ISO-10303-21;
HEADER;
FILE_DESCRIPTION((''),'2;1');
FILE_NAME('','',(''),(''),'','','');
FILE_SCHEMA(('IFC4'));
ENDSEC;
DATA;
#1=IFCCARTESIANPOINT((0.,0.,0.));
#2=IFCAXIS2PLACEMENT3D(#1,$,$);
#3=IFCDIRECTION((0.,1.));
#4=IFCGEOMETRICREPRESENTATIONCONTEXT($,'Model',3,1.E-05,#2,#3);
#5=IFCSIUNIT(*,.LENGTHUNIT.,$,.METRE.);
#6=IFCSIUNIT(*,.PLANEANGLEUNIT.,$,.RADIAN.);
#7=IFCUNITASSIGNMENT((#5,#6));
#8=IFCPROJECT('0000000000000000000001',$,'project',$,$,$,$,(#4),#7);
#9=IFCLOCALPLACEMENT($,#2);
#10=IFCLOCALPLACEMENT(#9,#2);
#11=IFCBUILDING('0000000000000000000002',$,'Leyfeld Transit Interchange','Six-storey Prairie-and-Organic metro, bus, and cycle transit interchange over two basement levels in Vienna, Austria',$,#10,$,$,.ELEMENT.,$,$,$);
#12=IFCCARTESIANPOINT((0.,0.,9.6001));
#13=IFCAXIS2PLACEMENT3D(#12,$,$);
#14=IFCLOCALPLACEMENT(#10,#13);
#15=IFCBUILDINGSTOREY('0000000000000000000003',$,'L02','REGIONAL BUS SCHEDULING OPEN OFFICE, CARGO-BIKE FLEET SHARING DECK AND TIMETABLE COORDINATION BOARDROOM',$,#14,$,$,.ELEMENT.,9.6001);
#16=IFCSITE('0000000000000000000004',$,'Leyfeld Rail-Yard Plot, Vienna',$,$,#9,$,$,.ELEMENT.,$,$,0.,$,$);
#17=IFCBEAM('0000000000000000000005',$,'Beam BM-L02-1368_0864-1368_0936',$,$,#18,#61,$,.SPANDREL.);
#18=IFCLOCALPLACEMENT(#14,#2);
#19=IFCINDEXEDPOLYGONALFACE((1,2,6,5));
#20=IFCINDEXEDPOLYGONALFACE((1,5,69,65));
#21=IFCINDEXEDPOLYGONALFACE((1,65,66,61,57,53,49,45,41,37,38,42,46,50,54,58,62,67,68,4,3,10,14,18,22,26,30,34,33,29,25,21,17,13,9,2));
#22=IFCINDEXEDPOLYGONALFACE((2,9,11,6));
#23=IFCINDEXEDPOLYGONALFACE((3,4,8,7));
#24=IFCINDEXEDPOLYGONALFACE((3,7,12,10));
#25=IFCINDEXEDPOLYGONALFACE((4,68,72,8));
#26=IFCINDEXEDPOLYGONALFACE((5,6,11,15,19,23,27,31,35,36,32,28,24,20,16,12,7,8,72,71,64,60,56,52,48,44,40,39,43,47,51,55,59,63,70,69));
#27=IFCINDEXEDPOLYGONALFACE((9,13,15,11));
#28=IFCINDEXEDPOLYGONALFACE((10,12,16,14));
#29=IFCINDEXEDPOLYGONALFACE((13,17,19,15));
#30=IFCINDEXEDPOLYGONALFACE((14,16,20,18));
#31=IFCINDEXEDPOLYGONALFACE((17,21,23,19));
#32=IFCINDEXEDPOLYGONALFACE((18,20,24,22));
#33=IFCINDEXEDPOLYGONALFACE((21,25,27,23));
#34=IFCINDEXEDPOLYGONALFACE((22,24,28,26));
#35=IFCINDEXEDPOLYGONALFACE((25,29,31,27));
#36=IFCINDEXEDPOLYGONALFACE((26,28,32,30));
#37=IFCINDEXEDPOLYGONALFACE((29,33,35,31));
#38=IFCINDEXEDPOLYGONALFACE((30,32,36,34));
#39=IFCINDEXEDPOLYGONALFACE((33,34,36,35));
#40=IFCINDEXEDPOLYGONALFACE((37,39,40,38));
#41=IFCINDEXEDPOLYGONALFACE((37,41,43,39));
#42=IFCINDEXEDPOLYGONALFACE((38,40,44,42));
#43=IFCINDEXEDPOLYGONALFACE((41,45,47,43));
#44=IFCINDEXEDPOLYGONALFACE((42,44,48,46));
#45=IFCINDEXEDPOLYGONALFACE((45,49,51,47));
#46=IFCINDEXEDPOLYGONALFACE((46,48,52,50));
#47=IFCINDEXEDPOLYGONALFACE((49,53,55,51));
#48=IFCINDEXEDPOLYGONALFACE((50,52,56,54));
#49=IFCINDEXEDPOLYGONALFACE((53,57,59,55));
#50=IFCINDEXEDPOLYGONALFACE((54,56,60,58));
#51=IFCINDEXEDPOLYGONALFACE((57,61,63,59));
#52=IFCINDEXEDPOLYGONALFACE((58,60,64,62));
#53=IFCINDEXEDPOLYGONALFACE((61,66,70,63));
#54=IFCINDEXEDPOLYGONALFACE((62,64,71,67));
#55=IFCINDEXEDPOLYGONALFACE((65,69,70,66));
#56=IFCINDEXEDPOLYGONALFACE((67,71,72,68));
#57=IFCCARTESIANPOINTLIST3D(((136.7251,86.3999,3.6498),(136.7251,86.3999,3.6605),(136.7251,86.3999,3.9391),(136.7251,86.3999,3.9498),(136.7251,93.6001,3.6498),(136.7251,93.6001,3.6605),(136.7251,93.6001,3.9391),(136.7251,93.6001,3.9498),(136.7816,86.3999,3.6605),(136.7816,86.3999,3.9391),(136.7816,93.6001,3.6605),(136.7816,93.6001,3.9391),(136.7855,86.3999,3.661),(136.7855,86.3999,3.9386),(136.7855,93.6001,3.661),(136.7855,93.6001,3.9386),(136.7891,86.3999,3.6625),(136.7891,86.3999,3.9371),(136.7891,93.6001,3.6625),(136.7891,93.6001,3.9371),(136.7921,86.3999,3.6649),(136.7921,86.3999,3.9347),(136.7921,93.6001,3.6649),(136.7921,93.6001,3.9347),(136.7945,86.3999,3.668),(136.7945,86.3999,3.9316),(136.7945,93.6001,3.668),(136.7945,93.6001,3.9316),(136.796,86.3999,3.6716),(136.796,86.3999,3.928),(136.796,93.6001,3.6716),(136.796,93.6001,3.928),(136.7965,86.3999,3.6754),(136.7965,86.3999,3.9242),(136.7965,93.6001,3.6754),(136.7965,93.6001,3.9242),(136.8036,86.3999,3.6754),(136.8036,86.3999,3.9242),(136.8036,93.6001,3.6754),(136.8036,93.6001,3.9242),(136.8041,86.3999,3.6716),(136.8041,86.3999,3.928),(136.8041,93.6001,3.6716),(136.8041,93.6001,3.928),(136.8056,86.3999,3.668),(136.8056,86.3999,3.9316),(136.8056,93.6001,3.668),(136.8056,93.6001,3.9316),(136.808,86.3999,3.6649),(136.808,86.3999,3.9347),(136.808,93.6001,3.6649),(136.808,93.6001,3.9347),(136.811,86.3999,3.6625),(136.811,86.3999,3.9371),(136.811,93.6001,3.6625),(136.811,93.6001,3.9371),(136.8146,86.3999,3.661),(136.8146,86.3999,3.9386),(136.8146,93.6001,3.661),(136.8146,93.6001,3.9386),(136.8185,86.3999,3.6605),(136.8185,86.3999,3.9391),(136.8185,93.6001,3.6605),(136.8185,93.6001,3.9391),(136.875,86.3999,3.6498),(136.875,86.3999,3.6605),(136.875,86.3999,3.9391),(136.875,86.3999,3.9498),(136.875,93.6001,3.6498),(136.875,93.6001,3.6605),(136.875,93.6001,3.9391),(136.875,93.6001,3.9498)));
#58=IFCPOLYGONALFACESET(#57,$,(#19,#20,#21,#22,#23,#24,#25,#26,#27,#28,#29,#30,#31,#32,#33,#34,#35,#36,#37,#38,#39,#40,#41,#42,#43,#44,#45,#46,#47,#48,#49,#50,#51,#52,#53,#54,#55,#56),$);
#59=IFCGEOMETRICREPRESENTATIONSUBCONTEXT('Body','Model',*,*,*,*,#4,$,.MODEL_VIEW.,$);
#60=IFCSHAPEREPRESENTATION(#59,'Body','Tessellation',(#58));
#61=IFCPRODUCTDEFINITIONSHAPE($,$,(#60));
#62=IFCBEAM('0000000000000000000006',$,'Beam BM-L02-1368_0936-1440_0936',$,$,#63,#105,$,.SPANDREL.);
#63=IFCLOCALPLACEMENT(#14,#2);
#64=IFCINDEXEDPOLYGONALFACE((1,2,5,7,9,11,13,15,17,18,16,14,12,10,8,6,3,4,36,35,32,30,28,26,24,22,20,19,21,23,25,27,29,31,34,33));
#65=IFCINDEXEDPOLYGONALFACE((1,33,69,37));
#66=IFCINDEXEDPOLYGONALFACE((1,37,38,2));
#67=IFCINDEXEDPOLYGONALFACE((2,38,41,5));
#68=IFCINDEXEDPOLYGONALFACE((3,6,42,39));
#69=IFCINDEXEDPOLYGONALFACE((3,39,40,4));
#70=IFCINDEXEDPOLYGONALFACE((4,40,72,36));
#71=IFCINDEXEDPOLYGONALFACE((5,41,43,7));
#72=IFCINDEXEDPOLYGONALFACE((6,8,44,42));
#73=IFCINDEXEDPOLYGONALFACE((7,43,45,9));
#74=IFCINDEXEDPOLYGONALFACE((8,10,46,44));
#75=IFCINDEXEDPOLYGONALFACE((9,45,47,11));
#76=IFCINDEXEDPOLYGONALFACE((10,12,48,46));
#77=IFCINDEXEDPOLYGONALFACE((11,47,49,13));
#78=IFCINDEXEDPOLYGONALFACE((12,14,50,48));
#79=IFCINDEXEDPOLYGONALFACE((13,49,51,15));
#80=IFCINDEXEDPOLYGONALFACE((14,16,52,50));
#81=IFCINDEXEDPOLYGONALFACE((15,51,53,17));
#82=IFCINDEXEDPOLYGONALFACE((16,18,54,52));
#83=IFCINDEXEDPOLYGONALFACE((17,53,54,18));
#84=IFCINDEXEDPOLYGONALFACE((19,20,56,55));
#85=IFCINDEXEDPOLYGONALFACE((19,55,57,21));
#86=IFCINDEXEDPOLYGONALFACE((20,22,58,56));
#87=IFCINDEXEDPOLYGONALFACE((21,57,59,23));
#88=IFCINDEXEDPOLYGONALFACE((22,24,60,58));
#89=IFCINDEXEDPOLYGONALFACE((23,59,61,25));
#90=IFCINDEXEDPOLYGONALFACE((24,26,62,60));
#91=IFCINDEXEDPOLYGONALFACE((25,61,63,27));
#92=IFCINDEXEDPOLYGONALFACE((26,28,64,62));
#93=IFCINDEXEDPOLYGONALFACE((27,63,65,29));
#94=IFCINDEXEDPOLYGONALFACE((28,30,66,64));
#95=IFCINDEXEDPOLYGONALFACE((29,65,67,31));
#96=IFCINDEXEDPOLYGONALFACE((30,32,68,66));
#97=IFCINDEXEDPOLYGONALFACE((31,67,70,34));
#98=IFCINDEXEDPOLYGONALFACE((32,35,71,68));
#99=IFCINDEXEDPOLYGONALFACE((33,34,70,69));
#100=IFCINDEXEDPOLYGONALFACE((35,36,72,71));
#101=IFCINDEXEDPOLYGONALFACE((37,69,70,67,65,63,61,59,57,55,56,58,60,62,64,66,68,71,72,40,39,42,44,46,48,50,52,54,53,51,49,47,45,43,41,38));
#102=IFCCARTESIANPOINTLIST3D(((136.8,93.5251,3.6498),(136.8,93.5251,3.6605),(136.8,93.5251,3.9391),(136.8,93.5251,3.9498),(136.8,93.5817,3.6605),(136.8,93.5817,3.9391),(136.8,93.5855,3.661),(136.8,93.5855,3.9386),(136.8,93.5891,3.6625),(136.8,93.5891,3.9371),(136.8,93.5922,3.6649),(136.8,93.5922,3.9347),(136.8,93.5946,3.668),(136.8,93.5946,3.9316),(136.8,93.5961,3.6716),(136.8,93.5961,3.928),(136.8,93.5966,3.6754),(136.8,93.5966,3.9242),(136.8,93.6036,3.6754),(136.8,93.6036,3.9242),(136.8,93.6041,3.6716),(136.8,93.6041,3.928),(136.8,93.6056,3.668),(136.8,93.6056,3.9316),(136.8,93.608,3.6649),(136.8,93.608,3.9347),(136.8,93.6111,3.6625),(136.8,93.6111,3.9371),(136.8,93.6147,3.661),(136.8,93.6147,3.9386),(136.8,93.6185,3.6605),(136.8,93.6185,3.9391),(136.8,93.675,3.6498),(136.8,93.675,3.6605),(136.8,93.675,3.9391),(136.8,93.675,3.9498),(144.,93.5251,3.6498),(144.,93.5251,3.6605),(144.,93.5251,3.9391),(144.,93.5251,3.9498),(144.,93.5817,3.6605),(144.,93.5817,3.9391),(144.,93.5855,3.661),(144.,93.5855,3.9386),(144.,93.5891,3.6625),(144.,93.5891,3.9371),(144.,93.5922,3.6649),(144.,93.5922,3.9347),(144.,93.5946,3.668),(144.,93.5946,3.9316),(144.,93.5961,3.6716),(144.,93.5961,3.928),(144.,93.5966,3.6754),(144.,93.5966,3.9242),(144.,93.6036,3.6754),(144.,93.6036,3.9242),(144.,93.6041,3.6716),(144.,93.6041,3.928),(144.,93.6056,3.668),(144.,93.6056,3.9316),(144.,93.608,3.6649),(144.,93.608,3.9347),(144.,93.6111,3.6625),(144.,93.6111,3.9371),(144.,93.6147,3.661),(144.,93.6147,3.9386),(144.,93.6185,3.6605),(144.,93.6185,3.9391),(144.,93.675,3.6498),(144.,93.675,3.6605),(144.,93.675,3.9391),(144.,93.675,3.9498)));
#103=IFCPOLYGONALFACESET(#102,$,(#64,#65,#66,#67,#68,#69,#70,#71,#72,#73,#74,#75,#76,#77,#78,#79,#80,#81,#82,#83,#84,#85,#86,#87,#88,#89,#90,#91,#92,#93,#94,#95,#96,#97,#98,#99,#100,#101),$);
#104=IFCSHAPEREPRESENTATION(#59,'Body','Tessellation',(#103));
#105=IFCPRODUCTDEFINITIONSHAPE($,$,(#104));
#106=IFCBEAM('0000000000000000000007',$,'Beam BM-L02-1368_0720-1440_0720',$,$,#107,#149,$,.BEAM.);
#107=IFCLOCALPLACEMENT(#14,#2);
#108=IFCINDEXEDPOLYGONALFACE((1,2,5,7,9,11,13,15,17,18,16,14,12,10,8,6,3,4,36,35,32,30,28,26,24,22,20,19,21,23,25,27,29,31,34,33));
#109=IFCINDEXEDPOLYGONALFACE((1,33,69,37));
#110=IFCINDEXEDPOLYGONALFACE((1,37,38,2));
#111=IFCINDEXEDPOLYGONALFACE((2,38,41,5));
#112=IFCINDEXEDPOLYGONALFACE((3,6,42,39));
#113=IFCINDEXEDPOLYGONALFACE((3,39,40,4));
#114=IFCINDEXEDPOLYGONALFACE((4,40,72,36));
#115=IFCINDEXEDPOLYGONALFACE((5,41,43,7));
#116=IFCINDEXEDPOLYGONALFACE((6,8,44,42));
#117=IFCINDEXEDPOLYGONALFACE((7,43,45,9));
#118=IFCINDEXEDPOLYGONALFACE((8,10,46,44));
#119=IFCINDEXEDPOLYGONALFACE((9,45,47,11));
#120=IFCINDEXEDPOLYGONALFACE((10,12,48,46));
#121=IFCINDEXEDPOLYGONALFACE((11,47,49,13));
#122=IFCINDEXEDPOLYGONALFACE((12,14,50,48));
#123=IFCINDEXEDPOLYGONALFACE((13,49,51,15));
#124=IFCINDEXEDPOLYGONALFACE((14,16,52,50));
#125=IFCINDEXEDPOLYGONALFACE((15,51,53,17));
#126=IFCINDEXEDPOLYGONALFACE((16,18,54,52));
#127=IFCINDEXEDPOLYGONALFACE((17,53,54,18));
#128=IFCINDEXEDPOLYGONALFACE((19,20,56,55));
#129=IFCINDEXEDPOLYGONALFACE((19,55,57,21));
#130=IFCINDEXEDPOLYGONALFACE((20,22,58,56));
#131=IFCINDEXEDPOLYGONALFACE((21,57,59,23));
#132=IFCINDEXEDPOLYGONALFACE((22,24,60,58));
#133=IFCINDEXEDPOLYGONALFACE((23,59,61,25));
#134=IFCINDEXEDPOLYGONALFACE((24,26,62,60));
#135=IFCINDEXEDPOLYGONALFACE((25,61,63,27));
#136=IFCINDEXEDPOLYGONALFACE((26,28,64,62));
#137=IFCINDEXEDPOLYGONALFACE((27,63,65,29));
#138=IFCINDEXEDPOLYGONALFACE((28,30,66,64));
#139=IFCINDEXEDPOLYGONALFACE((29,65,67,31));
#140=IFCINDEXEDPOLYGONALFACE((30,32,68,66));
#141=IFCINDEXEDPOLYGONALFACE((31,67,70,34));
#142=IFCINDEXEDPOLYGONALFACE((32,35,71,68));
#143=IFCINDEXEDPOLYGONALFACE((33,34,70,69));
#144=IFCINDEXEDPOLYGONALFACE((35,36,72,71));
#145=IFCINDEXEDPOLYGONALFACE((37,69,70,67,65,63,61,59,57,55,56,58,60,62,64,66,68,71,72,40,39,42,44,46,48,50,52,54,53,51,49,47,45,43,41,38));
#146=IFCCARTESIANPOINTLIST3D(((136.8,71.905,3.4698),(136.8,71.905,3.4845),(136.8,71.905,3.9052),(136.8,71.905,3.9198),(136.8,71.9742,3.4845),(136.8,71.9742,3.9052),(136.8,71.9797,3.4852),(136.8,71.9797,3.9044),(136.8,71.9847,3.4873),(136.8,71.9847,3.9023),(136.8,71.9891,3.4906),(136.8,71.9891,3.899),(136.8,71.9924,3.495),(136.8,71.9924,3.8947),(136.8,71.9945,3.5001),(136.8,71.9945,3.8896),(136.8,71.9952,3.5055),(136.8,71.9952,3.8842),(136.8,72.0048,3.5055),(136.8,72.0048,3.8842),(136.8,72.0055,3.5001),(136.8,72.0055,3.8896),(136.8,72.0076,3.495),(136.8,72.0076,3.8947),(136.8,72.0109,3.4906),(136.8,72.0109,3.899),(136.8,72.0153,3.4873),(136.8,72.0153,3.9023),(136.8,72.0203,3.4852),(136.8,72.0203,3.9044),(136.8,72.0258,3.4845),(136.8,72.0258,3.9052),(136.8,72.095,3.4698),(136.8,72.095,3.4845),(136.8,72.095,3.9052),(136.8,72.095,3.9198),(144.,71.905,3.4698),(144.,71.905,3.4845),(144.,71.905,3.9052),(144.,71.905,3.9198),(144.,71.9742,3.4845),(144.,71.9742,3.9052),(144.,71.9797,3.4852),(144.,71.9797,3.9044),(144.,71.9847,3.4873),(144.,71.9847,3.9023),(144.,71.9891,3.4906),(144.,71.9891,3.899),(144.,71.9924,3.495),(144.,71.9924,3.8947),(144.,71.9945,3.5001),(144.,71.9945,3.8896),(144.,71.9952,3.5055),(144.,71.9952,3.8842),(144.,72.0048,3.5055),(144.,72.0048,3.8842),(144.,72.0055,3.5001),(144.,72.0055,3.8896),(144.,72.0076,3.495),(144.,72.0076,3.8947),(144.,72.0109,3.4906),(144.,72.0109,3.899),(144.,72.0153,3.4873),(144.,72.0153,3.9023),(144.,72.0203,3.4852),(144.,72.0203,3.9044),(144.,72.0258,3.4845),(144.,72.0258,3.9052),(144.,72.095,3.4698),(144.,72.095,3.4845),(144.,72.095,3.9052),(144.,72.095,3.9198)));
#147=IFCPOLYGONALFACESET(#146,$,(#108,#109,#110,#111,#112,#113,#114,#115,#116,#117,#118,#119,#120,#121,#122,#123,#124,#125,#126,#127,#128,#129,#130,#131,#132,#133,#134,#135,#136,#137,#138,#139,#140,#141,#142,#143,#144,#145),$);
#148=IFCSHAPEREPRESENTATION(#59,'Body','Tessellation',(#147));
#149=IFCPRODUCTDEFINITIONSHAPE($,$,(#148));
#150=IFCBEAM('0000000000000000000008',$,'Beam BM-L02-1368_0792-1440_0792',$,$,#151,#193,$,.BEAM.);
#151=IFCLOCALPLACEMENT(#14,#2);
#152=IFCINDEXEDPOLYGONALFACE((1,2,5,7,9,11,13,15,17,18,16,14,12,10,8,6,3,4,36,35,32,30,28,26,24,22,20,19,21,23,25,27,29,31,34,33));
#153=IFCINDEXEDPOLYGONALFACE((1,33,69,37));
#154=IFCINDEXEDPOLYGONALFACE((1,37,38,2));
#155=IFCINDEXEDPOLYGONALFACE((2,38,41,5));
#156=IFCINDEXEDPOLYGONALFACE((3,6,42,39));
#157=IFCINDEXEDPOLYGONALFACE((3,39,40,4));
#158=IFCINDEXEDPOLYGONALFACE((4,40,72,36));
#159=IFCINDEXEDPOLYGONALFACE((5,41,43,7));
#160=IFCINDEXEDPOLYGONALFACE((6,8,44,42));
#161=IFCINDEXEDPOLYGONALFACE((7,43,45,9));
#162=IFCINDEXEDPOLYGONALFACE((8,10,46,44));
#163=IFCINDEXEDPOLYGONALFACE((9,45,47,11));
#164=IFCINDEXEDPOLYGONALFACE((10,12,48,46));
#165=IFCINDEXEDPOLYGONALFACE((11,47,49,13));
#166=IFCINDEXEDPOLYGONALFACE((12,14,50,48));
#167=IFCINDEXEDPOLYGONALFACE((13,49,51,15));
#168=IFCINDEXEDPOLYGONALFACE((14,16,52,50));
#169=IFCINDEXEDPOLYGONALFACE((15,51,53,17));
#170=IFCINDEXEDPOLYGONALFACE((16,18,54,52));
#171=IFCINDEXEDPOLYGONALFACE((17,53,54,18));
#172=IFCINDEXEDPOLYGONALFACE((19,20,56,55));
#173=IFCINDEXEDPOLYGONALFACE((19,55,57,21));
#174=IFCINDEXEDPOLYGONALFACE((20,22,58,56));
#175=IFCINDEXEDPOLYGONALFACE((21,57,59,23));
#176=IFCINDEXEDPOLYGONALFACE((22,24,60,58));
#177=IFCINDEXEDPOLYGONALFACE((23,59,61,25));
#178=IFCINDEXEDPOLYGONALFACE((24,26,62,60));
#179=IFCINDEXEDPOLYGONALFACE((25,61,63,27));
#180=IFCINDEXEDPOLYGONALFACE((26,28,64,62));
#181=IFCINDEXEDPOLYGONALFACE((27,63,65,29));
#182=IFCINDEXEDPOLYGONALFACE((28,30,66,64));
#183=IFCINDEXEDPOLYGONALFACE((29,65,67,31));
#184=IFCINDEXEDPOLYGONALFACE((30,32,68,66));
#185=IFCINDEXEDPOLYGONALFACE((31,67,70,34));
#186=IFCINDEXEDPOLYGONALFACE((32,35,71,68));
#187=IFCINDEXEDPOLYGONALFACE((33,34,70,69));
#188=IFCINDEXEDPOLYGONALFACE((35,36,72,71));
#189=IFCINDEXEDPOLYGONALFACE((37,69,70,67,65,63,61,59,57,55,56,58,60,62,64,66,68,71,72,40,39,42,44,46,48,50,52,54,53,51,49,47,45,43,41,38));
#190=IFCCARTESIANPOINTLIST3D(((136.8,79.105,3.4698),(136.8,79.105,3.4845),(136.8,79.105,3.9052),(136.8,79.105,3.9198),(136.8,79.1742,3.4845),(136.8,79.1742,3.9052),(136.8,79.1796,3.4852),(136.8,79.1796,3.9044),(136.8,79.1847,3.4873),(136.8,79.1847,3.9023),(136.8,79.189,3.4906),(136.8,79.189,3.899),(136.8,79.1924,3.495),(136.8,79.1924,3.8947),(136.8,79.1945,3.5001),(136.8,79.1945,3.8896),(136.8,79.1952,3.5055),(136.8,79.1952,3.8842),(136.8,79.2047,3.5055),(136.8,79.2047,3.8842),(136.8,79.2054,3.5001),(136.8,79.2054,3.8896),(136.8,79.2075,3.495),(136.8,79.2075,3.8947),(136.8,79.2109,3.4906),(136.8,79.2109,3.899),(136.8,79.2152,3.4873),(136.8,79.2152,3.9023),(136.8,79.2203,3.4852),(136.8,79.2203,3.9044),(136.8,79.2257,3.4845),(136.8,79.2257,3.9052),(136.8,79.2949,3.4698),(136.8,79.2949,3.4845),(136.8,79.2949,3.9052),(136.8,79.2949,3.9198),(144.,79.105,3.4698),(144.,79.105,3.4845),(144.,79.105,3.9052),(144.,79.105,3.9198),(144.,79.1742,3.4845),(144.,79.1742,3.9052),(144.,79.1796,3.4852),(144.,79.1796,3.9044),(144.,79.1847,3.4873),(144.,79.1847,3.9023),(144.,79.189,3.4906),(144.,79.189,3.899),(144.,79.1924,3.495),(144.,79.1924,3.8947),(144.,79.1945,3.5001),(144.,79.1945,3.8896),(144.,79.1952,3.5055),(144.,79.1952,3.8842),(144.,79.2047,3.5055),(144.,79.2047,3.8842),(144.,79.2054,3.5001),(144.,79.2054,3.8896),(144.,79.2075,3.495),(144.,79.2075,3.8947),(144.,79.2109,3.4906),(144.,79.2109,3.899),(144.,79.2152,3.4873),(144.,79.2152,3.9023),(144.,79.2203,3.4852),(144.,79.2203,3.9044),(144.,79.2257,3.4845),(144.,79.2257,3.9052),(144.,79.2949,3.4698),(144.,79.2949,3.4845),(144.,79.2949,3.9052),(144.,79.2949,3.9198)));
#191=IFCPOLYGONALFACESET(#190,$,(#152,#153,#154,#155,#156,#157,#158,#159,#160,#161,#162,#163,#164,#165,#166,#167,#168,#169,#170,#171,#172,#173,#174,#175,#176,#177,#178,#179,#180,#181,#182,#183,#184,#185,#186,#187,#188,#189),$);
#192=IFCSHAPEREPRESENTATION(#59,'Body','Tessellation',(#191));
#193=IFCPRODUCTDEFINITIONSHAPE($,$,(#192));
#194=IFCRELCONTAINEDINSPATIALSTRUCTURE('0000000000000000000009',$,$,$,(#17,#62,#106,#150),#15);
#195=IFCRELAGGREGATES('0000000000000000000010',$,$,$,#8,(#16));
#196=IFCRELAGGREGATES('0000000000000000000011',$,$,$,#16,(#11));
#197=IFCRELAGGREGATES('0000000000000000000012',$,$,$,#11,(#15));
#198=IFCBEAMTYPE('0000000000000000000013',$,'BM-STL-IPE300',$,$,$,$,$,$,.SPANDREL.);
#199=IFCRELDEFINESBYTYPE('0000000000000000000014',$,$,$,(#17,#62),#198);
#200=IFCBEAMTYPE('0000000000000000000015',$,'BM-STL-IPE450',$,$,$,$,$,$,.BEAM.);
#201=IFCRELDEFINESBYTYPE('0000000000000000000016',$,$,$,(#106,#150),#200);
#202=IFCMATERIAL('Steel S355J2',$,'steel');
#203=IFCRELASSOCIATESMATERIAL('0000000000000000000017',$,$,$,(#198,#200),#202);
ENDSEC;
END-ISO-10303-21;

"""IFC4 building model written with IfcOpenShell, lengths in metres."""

from ifc_helpers import new_model, si_unit, direction, frame, origin, origin_2d, place, context, subcontext, project, spatial, i_section, extrude, material, material_profile, profile_set, type_object, element, save


model = new_model("IFC4")

# Units and contexts
model_context = context("Model", 3, precision=1e-05, world=origin(), true_north=direction((0.0, 1.0)))
body_context = subcontext(model_context, "Body", "Model", "MODEL_VIEW")
ifc_project = project(units=[si_unit("LENGTHUNIT", "METRE"), si_unit("PLANEANGLEUNIT", "RADIAN")], contexts=[model_context])

# Site, building, storey
site_placement = place(None, origin())
site = spatial("IfcSite", under=ifc_project, at=site_placement, Name="Leyfeld Rail-Yard Plot, Vienna", CompositionType="ELEMENT", RefElevation=0.0)
building_placement = place(site_placement, origin())
building = spatial("IfcBuilding", under=site, at=building_placement, Name="Leyfeld Transit Interchange", Description="Six-storey Prairie-and-Organic metro, bus, and cycle transit interchange over two basement levels in Vienna, Austria", CompositionType="ELEMENT")
storey_placement = place(building_placement, frame((0.0, 0.0, 9.6001)))
storey = spatial("IfcBuildingStorey", under=building, at=storey_placement, Name="L02", Description="REGIONAL BUS SCHEDULING OPEN OFFICE, CARGO-BIKE FLEET SHARING DECK AND TIMETABLE COORDINATION BOARDROOM", CompositionType="ELEMENT", Elevation=9.6001)

# Beams
ifc_material_1 = material(Name="Steel S355J2", Category="steel")
ifc_material_profile_1 = material_profile(ifc_material_1, i_section(OverallWidth=0.1499, OverallDepth=0.3, WebThickness=0.0071, FlangeThickness=0.0107, FilletRadius=0.0149, at=origin_2d()), Name="IPE 300")
ifc_profile_set_1 = profile_set([ifc_material_profile_1], Name="Steel S355J2")
beam_type_1 = type_object("IfcBeamType", Name="BM-STL-IPE300", PredefinedType="SPANDREL", material=ifc_profile_set_1)
beam_1_placement = place(storey_placement, frame((136.8, 86.3999, 3.7998), z_axis=(0.0, 1.0, 0.0), x_axis=(-1.0, 0.0, 0.0)))
element("IfcBeam", 1, at=beam_1_placement, inside=storey, type_object=beam_type_1, Name="Beam BM-L02-1368_0864-1368_0936", PredefinedType="SPANDREL", context=body_context, shape_type="SweptSolid", body=[
    extrude(i_section(OverallWidth=0.1499, OverallDepth=0.3, WebThickness=0.0071, FlangeThickness=0.0107, FilletRadius=0.0149, at=origin_2d()), origin(), (0.0, 0.0, 1.0), 7.2002),
])
beam_2_placement = place(storey_placement, frame((136.8, 93.6001, 3.7998), z_axis=(1.0, 0.0, 0.0), x_axis=(0.0, 1.0, 0.0)))
element("IfcBeam", 2, at=beam_2_placement, inside=storey, type_object=beam_type_1, Name="Beam BM-L02-1368_0936-1440_0936", PredefinedType="SPANDREL", context=body_context, shape_type="SweptSolid", body=[
    extrude(i_section(OverallWidth=0.1499, OverallDepth=0.3, WebThickness=0.0071, FlangeThickness=0.0107, FilletRadius=0.0149, at=origin_2d()), origin(), (0.0, 0.0, 1.0), 7.2),
])
ifc_material_profile_2 = material_profile(ifc_material_1, i_section(OverallWidth=0.1899, OverallDepth=0.45, WebThickness=0.0095, FlangeThickness=0.0146, FilletRadius=0.021, at=origin_2d()), Name="IPE 450")
ifc_profile_set_2 = profile_set([ifc_material_profile_2], Name="Steel S355J2")
beam_type_2 = type_object("IfcBeamType", Name="BM-STL-IPE450", PredefinedType="BEAM", material=ifc_profile_set_2)
for number, where, z_axis, x_axis, name in (
    (3, (136.8, 72.0, 3.6948), (1.0, 0.0, 0.0), (0.0, 1.0, 0.0), "Beam BM-L02-1368_0720-1440_0720"),
    (4, (136.8, 79.2, 3.6948), (1.0, 0.0, 0.0), (0.0, 1.0, 0.0), "Beam BM-L02-1368_0792-1440_0792"),
):
    element("IfcBeam", number, at=place(storey_placement, frame(where, z_axis=z_axis, x_axis=x_axis)), inside=storey, type_object=beam_type_2, Name=name, PredefinedType="BEAM", context=body_context, shape_type="SweptSolid", body=[
        extrude(i_section(OverallWidth=0.1899, OverallDepth=0.45, WebThickness=0.0095, FlangeThickness=0.0146, FilletRadius=0.021, at=origin_2d()), origin(), (0.0, 0.0, 1.0), 7.2),
    ])

save(model, "model.ifc")
